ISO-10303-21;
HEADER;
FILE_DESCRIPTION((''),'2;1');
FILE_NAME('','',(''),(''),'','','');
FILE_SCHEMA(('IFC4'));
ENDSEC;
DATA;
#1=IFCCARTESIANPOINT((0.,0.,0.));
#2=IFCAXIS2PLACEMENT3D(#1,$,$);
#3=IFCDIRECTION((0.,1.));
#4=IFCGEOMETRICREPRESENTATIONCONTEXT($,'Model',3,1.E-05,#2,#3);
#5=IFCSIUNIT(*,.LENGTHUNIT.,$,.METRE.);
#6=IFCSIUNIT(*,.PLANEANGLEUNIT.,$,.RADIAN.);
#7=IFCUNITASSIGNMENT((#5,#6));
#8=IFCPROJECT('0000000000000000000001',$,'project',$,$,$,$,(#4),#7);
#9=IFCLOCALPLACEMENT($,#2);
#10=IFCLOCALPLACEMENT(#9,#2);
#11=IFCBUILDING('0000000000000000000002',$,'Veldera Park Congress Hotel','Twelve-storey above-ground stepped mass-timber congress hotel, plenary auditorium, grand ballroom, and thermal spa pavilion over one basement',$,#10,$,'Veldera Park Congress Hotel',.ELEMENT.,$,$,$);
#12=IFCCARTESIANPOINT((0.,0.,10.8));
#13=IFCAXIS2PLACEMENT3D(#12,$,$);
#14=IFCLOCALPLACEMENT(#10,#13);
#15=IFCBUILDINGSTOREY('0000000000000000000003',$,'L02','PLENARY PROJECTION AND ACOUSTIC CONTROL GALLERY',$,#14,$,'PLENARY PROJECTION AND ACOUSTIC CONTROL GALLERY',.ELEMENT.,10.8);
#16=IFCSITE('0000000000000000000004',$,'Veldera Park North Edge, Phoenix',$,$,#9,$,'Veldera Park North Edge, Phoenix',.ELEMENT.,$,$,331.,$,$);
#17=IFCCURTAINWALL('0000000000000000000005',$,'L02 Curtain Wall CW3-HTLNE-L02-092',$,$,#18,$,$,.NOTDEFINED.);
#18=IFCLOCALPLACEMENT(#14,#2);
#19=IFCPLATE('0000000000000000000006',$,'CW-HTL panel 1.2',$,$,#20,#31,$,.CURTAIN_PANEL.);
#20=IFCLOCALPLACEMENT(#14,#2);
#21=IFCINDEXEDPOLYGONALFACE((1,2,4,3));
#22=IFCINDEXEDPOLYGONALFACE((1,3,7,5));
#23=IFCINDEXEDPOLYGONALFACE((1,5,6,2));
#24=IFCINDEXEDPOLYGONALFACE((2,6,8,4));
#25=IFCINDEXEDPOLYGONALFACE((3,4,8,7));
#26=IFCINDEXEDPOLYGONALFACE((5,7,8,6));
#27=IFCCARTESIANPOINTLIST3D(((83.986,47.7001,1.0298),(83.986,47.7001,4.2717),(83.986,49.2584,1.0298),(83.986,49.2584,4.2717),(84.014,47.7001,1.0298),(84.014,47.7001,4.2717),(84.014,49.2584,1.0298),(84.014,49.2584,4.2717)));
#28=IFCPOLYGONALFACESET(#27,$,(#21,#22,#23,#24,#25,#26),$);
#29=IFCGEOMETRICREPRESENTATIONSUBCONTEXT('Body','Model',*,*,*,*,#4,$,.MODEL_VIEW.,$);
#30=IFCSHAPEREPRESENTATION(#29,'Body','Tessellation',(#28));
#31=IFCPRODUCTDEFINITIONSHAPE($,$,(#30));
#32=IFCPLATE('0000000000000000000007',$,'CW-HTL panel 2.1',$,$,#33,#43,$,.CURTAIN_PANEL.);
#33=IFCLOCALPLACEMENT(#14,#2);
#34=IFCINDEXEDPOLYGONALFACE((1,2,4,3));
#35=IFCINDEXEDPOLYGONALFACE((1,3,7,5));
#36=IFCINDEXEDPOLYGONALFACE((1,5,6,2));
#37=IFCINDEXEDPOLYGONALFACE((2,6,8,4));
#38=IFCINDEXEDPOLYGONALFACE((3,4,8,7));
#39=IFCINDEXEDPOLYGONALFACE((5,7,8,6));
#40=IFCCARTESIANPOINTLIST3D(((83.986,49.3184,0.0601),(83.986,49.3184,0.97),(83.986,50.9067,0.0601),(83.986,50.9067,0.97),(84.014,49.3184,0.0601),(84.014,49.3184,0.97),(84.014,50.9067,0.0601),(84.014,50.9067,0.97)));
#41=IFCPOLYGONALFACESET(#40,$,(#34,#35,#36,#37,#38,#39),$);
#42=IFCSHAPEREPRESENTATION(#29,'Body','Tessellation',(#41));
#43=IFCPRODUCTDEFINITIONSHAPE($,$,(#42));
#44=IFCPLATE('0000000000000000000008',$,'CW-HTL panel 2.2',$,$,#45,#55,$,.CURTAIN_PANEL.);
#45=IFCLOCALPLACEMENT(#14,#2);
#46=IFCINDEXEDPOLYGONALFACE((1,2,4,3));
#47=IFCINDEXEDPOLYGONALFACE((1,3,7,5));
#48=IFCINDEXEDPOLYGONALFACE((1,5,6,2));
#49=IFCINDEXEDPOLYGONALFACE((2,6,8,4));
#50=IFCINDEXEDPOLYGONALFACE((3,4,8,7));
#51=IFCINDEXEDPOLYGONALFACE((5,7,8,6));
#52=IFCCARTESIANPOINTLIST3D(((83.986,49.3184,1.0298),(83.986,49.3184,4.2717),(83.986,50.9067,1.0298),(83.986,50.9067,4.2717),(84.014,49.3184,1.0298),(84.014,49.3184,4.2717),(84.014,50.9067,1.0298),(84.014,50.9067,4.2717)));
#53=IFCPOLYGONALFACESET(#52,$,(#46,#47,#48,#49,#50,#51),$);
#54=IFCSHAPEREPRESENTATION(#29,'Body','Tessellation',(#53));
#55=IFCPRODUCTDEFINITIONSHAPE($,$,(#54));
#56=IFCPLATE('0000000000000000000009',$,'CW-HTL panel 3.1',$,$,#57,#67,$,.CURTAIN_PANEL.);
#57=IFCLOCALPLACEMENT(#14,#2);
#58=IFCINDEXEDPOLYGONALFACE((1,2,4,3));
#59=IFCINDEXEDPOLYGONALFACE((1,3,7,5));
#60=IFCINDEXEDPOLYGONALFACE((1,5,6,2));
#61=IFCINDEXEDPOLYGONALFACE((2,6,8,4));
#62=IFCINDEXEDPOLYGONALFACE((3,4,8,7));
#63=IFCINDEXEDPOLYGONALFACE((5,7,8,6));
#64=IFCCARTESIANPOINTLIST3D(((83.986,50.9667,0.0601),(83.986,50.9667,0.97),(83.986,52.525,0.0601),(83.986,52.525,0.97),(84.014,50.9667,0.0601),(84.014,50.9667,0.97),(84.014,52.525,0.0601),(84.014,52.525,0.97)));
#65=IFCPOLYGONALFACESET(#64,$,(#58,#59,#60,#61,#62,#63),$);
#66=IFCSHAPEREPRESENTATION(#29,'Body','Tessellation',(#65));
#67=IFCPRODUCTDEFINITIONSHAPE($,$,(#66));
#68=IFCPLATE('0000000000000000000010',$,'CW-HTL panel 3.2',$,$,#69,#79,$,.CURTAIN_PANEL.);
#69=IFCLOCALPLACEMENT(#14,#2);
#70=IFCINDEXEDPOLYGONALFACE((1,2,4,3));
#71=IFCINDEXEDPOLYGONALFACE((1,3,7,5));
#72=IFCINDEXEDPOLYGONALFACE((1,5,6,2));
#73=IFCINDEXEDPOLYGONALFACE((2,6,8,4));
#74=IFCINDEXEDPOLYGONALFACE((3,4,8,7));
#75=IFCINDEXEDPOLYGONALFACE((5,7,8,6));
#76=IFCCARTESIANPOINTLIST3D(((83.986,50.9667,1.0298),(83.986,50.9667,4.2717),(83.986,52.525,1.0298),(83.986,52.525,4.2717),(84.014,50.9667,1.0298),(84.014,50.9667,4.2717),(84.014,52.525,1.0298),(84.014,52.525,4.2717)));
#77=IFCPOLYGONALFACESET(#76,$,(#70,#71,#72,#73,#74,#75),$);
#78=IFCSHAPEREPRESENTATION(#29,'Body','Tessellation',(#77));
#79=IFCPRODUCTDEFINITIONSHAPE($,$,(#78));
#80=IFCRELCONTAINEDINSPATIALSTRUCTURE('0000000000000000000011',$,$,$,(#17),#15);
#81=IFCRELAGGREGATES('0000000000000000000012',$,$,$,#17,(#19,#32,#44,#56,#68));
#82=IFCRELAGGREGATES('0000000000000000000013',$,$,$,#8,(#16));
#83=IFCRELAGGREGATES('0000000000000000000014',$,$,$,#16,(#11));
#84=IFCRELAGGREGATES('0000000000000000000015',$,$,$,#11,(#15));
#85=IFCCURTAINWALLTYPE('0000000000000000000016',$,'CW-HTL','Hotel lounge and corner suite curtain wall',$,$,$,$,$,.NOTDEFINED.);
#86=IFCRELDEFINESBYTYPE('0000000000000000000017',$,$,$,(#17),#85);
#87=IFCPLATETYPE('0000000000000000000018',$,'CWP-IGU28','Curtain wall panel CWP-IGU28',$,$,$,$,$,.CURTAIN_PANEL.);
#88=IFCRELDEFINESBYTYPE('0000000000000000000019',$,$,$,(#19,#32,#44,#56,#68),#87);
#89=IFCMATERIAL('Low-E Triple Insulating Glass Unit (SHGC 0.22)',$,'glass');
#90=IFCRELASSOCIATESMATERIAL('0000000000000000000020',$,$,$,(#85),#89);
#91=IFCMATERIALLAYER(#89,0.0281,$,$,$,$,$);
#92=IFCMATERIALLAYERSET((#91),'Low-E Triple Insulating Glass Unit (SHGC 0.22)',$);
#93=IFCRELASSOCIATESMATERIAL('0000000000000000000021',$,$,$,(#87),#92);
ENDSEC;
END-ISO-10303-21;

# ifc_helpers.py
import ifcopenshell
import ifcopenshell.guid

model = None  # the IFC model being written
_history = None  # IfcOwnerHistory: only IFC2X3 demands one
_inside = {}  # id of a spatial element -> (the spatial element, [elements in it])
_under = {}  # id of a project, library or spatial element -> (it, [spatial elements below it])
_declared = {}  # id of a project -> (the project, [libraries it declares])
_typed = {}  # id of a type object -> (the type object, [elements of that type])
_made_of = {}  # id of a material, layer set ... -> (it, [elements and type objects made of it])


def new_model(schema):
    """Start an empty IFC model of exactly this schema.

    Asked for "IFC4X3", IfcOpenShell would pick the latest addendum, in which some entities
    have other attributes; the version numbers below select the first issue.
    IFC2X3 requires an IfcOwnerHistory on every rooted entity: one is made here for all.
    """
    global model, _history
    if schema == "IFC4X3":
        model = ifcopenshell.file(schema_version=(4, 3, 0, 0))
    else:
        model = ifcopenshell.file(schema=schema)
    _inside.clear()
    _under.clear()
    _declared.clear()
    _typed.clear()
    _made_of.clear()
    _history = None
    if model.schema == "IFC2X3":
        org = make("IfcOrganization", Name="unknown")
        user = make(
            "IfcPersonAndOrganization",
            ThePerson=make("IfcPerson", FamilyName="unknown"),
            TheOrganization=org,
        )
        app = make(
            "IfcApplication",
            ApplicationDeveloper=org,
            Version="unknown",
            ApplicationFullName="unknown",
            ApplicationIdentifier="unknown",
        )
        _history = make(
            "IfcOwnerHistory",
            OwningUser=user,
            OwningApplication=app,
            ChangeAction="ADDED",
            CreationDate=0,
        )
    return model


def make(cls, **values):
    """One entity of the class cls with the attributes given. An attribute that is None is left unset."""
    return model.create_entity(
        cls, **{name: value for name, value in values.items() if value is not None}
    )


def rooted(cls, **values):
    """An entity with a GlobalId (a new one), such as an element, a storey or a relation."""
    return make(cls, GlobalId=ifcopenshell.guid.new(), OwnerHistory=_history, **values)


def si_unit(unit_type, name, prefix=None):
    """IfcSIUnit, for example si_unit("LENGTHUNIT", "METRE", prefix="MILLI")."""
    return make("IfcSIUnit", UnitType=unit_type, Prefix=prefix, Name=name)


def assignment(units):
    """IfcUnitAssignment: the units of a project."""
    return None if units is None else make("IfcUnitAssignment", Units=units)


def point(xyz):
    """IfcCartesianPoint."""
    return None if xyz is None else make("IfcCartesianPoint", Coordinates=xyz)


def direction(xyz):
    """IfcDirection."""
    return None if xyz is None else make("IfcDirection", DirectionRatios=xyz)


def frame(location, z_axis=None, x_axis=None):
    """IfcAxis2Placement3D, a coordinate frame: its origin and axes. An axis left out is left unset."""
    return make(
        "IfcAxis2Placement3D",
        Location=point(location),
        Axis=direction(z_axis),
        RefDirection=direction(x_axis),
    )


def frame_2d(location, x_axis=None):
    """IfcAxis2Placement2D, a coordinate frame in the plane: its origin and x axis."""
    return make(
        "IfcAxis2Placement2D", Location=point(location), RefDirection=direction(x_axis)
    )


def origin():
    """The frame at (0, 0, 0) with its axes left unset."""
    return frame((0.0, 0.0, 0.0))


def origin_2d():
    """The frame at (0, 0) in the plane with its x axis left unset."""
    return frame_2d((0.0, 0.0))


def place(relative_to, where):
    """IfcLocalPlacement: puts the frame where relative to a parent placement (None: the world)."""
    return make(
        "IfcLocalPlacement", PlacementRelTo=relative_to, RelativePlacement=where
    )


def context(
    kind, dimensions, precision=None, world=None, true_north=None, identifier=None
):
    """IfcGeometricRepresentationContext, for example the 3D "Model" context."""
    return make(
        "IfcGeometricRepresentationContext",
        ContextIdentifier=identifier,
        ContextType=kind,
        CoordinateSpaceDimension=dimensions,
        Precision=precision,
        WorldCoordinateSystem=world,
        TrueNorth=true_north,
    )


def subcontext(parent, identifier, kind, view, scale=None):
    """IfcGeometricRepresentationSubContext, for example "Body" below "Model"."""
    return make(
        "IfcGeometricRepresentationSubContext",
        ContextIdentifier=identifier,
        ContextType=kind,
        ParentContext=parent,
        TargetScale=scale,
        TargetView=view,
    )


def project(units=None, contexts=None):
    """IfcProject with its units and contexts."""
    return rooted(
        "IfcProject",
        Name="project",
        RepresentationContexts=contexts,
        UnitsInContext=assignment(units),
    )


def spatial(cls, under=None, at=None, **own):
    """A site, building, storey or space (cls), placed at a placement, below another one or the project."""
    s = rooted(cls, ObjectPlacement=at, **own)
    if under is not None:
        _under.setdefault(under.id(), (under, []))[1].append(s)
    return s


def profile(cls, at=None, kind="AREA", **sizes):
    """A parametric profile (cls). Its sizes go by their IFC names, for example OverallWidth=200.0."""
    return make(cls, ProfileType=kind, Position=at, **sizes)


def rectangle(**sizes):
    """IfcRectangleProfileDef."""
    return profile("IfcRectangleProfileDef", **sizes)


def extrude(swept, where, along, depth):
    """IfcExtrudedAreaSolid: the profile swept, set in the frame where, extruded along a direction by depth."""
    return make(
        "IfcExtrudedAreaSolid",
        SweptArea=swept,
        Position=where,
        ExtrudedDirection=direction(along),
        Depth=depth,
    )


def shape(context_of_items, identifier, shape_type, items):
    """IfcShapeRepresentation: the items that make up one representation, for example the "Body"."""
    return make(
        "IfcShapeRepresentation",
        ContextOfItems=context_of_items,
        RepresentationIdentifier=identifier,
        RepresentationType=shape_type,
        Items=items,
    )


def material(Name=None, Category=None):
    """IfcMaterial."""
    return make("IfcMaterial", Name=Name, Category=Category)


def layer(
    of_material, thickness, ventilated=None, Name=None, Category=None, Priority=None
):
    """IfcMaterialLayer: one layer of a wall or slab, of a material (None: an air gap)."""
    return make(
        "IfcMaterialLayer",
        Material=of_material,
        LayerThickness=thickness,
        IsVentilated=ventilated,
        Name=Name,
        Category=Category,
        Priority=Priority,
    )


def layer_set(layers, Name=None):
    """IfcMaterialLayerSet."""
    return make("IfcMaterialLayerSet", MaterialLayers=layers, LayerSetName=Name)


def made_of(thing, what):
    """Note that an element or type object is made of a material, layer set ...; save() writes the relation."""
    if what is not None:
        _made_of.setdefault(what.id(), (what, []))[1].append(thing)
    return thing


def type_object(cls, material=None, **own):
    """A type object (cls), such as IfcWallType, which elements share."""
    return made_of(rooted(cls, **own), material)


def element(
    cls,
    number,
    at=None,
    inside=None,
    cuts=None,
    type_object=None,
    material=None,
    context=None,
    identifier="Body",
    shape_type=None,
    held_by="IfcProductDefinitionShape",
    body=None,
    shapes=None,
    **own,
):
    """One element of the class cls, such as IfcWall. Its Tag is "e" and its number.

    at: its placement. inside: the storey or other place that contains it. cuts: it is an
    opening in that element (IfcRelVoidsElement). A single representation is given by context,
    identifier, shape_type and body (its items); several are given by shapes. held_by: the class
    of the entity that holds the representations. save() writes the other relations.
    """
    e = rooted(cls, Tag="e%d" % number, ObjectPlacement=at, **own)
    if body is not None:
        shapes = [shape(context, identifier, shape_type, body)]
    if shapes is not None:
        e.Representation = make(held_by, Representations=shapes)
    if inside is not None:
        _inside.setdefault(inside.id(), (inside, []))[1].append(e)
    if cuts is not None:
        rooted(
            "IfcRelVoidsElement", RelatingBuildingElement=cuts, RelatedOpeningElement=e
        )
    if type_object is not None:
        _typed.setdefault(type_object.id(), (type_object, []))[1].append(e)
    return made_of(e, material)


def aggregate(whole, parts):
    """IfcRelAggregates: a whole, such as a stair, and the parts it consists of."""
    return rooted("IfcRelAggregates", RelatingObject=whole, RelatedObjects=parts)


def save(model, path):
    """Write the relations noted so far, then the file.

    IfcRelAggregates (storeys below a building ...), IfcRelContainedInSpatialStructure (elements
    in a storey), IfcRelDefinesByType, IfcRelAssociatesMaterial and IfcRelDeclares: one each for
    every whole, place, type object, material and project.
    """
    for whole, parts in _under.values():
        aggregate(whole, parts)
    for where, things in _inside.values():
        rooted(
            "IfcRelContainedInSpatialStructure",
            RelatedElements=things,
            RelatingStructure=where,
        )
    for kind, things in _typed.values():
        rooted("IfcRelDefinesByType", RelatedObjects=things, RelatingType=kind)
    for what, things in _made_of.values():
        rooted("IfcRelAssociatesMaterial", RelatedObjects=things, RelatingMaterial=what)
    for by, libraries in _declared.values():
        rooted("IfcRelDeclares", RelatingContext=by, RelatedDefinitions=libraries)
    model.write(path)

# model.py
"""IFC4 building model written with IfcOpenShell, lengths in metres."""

from ifc_helpers import new_model, si_unit, direction, frame, origin, origin_2d, place, context, subcontext, project, spatial, rectangle, extrude, material, layer, layer_set, type_object, element, aggregate, save


model = new_model("IFC4")

# Units and contexts
model_context = context("Model", 3, precision=1e-05, world=origin(), true_north=direction((0.0, 1.0)))
body_context = subcontext(model_context, "Body", "Model", "MODEL_VIEW")
ifc_project = project(units=[si_unit("LENGTHUNIT", "METRE"), si_unit("PLANEANGLEUNIT", "RADIAN")], contexts=[model_context])

# Site, building, storey
site_placement = place(None, origin())
site = spatial("IfcSite", under=ifc_project, at=site_placement, Name="Veldera Park North Edge, Phoenix", LongName="Veldera Park North Edge, Phoenix", CompositionType="ELEMENT", RefElevation=331.0)
building_placement = place(site_placement, origin())
building = spatial("IfcBuilding", under=site, at=building_placement, Name="Veldera Park Congress Hotel", Description="Twelve-storey above-ground stepped mass-timber congress hotel, plenary auditorium, grand ballroom, and thermal spa pavilion over one basement", LongName="Veldera Park Congress Hotel", CompositionType="ELEMENT")
storey_placement = place(building_placement, frame((0.0, 0.0, 10.8)))
storey = spatial("IfcBuildingStorey", under=building, at=storey_placement, Name="L02", Description="PLENARY PROJECTION AND ACOUSTIC CONTROL GALLERY", LongName="PLENARY PROJECTION AND ACOUSTIC CONTROL GALLERY", CompositionType="ELEMENT", Elevation=10.8)

# Curtain wall
ifc_material_1 = material(Name="Low-E Triple Insulating Glass Unit (SHGC 0.22)", Category="glass")
curtain_wall_type = type_object("IfcCurtainWallType", Name="CW-HTL", Description="Hotel lounge and corner suite curtain wall", PredefinedType="NOTDEFINED", material=ifc_material_1)
curtain_wall_1_placement = place(storey_placement, origin())
curtain_wall_1 = element("IfcCurtainWall", 1, at=curtain_wall_1_placement, inside=storey, type_object=curtain_wall_type, Name="L02 Curtain Wall CW3-HTLNE-L02-092", PredefinedType="NOTDEFINED")

# Plates
ifc_layer = layer(ifc_material_1, 0.0281)
ifc_layer_set = layer_set([ifc_layer], Name="Low-E Triple Insulating Glass Unit (SHGC 0.22)")
plate_type = type_object("IfcPlateType", Name="CWP-IGU28", Description="Curtain wall panel CWP-IGU28", PredefinedType="CURTAIN_PANEL", material=ifc_layer_set)
plate_1_placement = place(storey_placement, frame((84.0, 48.4792, 1.0298), z_axis=(0.0, 0.0, 1.0), x_axis=(0.0, 1.0, 0.0)))
plate_1 = element("IfcPlate", 2, at=plate_1_placement, type_object=plate_type, Name="CW-HTL panel 1.2", PredefinedType="CURTAIN_PANEL", context=body_context, shape_type="SweptSolid", body=[
    extrude(rectangle(XDim=1.5583, YDim=0.0281, at=origin_2d()), origin(), (0.0, 0.0, 1.0), 3.2419),
])
plate_2_placement = place(storey_placement, frame((84.0, 50.1125, 0.0601), z_axis=(0.0, 0.0, 1.0), x_axis=(0.0, 1.0, 0.0)))
plate_2 = element("IfcPlate", 3, at=plate_2_placement, type_object=plate_type, Name="CW-HTL panel 2.1", PredefinedType="CURTAIN_PANEL", context=body_context, shape_type="SweptSolid", body=[
    extrude(rectangle(XDim=1.5884, YDim=0.0281, at=origin_2d()), origin(), (0.0, 0.0, 1.0), 0.9099),
])
plate_3_placement = place(storey_placement, frame((84.0, 50.1125, 1.0298), z_axis=(0.0, 0.0, 1.0), x_axis=(0.0, 1.0, 0.0)))
plate_3 = element("IfcPlate", 4, at=plate_3_placement, type_object=plate_type, Name="CW-HTL panel 2.2", PredefinedType="CURTAIN_PANEL", context=body_context, shape_type="SweptSolid", body=[
    extrude(rectangle(XDim=1.5884, YDim=0.0281, at=origin_2d()), origin(), (0.0, 0.0, 1.0), 3.2419),
])
plate_4_placement = place(storey_placement, frame((84.0, 51.7458, 0.0601), z_axis=(0.0, 0.0, 1.0), x_axis=(0.0, 1.0, 0.0)))
plate_4 = element("IfcPlate", 5, at=plate_4_placement, type_object=plate_type, Name="CW-HTL panel 3.1", PredefinedType="CURTAIN_PANEL", context=body_context, shape_type="SweptSolid", body=[
    extrude(rectangle(XDim=1.5583, YDim=0.0281, at=origin_2d()), origin(), (0.0, 0.0, 1.0), 0.9099),
])
plate_5_placement = place(storey_placement, frame((84.0, 51.7458, 1.0298), z_axis=(0.0, 0.0, 1.0), x_axis=(0.0, 1.0, 0.0)))
plate_5 = element("IfcPlate", 6, at=plate_5_placement, type_object=plate_type, Name="CW-HTL panel 3.2", PredefinedType="CURTAIN_PANEL", context=body_context, shape_type="SweptSolid", body=[
    extrude(rectangle(XDim=1.5583, YDim=0.0281, at=origin_2d()), origin(), (0.0, 0.0, 1.0), 3.2419),
])
aggregate(curtain_wall_1, [plate_1, plate_2, plate_3, plate_4, plate_5])

save(model, "model.ifc")
